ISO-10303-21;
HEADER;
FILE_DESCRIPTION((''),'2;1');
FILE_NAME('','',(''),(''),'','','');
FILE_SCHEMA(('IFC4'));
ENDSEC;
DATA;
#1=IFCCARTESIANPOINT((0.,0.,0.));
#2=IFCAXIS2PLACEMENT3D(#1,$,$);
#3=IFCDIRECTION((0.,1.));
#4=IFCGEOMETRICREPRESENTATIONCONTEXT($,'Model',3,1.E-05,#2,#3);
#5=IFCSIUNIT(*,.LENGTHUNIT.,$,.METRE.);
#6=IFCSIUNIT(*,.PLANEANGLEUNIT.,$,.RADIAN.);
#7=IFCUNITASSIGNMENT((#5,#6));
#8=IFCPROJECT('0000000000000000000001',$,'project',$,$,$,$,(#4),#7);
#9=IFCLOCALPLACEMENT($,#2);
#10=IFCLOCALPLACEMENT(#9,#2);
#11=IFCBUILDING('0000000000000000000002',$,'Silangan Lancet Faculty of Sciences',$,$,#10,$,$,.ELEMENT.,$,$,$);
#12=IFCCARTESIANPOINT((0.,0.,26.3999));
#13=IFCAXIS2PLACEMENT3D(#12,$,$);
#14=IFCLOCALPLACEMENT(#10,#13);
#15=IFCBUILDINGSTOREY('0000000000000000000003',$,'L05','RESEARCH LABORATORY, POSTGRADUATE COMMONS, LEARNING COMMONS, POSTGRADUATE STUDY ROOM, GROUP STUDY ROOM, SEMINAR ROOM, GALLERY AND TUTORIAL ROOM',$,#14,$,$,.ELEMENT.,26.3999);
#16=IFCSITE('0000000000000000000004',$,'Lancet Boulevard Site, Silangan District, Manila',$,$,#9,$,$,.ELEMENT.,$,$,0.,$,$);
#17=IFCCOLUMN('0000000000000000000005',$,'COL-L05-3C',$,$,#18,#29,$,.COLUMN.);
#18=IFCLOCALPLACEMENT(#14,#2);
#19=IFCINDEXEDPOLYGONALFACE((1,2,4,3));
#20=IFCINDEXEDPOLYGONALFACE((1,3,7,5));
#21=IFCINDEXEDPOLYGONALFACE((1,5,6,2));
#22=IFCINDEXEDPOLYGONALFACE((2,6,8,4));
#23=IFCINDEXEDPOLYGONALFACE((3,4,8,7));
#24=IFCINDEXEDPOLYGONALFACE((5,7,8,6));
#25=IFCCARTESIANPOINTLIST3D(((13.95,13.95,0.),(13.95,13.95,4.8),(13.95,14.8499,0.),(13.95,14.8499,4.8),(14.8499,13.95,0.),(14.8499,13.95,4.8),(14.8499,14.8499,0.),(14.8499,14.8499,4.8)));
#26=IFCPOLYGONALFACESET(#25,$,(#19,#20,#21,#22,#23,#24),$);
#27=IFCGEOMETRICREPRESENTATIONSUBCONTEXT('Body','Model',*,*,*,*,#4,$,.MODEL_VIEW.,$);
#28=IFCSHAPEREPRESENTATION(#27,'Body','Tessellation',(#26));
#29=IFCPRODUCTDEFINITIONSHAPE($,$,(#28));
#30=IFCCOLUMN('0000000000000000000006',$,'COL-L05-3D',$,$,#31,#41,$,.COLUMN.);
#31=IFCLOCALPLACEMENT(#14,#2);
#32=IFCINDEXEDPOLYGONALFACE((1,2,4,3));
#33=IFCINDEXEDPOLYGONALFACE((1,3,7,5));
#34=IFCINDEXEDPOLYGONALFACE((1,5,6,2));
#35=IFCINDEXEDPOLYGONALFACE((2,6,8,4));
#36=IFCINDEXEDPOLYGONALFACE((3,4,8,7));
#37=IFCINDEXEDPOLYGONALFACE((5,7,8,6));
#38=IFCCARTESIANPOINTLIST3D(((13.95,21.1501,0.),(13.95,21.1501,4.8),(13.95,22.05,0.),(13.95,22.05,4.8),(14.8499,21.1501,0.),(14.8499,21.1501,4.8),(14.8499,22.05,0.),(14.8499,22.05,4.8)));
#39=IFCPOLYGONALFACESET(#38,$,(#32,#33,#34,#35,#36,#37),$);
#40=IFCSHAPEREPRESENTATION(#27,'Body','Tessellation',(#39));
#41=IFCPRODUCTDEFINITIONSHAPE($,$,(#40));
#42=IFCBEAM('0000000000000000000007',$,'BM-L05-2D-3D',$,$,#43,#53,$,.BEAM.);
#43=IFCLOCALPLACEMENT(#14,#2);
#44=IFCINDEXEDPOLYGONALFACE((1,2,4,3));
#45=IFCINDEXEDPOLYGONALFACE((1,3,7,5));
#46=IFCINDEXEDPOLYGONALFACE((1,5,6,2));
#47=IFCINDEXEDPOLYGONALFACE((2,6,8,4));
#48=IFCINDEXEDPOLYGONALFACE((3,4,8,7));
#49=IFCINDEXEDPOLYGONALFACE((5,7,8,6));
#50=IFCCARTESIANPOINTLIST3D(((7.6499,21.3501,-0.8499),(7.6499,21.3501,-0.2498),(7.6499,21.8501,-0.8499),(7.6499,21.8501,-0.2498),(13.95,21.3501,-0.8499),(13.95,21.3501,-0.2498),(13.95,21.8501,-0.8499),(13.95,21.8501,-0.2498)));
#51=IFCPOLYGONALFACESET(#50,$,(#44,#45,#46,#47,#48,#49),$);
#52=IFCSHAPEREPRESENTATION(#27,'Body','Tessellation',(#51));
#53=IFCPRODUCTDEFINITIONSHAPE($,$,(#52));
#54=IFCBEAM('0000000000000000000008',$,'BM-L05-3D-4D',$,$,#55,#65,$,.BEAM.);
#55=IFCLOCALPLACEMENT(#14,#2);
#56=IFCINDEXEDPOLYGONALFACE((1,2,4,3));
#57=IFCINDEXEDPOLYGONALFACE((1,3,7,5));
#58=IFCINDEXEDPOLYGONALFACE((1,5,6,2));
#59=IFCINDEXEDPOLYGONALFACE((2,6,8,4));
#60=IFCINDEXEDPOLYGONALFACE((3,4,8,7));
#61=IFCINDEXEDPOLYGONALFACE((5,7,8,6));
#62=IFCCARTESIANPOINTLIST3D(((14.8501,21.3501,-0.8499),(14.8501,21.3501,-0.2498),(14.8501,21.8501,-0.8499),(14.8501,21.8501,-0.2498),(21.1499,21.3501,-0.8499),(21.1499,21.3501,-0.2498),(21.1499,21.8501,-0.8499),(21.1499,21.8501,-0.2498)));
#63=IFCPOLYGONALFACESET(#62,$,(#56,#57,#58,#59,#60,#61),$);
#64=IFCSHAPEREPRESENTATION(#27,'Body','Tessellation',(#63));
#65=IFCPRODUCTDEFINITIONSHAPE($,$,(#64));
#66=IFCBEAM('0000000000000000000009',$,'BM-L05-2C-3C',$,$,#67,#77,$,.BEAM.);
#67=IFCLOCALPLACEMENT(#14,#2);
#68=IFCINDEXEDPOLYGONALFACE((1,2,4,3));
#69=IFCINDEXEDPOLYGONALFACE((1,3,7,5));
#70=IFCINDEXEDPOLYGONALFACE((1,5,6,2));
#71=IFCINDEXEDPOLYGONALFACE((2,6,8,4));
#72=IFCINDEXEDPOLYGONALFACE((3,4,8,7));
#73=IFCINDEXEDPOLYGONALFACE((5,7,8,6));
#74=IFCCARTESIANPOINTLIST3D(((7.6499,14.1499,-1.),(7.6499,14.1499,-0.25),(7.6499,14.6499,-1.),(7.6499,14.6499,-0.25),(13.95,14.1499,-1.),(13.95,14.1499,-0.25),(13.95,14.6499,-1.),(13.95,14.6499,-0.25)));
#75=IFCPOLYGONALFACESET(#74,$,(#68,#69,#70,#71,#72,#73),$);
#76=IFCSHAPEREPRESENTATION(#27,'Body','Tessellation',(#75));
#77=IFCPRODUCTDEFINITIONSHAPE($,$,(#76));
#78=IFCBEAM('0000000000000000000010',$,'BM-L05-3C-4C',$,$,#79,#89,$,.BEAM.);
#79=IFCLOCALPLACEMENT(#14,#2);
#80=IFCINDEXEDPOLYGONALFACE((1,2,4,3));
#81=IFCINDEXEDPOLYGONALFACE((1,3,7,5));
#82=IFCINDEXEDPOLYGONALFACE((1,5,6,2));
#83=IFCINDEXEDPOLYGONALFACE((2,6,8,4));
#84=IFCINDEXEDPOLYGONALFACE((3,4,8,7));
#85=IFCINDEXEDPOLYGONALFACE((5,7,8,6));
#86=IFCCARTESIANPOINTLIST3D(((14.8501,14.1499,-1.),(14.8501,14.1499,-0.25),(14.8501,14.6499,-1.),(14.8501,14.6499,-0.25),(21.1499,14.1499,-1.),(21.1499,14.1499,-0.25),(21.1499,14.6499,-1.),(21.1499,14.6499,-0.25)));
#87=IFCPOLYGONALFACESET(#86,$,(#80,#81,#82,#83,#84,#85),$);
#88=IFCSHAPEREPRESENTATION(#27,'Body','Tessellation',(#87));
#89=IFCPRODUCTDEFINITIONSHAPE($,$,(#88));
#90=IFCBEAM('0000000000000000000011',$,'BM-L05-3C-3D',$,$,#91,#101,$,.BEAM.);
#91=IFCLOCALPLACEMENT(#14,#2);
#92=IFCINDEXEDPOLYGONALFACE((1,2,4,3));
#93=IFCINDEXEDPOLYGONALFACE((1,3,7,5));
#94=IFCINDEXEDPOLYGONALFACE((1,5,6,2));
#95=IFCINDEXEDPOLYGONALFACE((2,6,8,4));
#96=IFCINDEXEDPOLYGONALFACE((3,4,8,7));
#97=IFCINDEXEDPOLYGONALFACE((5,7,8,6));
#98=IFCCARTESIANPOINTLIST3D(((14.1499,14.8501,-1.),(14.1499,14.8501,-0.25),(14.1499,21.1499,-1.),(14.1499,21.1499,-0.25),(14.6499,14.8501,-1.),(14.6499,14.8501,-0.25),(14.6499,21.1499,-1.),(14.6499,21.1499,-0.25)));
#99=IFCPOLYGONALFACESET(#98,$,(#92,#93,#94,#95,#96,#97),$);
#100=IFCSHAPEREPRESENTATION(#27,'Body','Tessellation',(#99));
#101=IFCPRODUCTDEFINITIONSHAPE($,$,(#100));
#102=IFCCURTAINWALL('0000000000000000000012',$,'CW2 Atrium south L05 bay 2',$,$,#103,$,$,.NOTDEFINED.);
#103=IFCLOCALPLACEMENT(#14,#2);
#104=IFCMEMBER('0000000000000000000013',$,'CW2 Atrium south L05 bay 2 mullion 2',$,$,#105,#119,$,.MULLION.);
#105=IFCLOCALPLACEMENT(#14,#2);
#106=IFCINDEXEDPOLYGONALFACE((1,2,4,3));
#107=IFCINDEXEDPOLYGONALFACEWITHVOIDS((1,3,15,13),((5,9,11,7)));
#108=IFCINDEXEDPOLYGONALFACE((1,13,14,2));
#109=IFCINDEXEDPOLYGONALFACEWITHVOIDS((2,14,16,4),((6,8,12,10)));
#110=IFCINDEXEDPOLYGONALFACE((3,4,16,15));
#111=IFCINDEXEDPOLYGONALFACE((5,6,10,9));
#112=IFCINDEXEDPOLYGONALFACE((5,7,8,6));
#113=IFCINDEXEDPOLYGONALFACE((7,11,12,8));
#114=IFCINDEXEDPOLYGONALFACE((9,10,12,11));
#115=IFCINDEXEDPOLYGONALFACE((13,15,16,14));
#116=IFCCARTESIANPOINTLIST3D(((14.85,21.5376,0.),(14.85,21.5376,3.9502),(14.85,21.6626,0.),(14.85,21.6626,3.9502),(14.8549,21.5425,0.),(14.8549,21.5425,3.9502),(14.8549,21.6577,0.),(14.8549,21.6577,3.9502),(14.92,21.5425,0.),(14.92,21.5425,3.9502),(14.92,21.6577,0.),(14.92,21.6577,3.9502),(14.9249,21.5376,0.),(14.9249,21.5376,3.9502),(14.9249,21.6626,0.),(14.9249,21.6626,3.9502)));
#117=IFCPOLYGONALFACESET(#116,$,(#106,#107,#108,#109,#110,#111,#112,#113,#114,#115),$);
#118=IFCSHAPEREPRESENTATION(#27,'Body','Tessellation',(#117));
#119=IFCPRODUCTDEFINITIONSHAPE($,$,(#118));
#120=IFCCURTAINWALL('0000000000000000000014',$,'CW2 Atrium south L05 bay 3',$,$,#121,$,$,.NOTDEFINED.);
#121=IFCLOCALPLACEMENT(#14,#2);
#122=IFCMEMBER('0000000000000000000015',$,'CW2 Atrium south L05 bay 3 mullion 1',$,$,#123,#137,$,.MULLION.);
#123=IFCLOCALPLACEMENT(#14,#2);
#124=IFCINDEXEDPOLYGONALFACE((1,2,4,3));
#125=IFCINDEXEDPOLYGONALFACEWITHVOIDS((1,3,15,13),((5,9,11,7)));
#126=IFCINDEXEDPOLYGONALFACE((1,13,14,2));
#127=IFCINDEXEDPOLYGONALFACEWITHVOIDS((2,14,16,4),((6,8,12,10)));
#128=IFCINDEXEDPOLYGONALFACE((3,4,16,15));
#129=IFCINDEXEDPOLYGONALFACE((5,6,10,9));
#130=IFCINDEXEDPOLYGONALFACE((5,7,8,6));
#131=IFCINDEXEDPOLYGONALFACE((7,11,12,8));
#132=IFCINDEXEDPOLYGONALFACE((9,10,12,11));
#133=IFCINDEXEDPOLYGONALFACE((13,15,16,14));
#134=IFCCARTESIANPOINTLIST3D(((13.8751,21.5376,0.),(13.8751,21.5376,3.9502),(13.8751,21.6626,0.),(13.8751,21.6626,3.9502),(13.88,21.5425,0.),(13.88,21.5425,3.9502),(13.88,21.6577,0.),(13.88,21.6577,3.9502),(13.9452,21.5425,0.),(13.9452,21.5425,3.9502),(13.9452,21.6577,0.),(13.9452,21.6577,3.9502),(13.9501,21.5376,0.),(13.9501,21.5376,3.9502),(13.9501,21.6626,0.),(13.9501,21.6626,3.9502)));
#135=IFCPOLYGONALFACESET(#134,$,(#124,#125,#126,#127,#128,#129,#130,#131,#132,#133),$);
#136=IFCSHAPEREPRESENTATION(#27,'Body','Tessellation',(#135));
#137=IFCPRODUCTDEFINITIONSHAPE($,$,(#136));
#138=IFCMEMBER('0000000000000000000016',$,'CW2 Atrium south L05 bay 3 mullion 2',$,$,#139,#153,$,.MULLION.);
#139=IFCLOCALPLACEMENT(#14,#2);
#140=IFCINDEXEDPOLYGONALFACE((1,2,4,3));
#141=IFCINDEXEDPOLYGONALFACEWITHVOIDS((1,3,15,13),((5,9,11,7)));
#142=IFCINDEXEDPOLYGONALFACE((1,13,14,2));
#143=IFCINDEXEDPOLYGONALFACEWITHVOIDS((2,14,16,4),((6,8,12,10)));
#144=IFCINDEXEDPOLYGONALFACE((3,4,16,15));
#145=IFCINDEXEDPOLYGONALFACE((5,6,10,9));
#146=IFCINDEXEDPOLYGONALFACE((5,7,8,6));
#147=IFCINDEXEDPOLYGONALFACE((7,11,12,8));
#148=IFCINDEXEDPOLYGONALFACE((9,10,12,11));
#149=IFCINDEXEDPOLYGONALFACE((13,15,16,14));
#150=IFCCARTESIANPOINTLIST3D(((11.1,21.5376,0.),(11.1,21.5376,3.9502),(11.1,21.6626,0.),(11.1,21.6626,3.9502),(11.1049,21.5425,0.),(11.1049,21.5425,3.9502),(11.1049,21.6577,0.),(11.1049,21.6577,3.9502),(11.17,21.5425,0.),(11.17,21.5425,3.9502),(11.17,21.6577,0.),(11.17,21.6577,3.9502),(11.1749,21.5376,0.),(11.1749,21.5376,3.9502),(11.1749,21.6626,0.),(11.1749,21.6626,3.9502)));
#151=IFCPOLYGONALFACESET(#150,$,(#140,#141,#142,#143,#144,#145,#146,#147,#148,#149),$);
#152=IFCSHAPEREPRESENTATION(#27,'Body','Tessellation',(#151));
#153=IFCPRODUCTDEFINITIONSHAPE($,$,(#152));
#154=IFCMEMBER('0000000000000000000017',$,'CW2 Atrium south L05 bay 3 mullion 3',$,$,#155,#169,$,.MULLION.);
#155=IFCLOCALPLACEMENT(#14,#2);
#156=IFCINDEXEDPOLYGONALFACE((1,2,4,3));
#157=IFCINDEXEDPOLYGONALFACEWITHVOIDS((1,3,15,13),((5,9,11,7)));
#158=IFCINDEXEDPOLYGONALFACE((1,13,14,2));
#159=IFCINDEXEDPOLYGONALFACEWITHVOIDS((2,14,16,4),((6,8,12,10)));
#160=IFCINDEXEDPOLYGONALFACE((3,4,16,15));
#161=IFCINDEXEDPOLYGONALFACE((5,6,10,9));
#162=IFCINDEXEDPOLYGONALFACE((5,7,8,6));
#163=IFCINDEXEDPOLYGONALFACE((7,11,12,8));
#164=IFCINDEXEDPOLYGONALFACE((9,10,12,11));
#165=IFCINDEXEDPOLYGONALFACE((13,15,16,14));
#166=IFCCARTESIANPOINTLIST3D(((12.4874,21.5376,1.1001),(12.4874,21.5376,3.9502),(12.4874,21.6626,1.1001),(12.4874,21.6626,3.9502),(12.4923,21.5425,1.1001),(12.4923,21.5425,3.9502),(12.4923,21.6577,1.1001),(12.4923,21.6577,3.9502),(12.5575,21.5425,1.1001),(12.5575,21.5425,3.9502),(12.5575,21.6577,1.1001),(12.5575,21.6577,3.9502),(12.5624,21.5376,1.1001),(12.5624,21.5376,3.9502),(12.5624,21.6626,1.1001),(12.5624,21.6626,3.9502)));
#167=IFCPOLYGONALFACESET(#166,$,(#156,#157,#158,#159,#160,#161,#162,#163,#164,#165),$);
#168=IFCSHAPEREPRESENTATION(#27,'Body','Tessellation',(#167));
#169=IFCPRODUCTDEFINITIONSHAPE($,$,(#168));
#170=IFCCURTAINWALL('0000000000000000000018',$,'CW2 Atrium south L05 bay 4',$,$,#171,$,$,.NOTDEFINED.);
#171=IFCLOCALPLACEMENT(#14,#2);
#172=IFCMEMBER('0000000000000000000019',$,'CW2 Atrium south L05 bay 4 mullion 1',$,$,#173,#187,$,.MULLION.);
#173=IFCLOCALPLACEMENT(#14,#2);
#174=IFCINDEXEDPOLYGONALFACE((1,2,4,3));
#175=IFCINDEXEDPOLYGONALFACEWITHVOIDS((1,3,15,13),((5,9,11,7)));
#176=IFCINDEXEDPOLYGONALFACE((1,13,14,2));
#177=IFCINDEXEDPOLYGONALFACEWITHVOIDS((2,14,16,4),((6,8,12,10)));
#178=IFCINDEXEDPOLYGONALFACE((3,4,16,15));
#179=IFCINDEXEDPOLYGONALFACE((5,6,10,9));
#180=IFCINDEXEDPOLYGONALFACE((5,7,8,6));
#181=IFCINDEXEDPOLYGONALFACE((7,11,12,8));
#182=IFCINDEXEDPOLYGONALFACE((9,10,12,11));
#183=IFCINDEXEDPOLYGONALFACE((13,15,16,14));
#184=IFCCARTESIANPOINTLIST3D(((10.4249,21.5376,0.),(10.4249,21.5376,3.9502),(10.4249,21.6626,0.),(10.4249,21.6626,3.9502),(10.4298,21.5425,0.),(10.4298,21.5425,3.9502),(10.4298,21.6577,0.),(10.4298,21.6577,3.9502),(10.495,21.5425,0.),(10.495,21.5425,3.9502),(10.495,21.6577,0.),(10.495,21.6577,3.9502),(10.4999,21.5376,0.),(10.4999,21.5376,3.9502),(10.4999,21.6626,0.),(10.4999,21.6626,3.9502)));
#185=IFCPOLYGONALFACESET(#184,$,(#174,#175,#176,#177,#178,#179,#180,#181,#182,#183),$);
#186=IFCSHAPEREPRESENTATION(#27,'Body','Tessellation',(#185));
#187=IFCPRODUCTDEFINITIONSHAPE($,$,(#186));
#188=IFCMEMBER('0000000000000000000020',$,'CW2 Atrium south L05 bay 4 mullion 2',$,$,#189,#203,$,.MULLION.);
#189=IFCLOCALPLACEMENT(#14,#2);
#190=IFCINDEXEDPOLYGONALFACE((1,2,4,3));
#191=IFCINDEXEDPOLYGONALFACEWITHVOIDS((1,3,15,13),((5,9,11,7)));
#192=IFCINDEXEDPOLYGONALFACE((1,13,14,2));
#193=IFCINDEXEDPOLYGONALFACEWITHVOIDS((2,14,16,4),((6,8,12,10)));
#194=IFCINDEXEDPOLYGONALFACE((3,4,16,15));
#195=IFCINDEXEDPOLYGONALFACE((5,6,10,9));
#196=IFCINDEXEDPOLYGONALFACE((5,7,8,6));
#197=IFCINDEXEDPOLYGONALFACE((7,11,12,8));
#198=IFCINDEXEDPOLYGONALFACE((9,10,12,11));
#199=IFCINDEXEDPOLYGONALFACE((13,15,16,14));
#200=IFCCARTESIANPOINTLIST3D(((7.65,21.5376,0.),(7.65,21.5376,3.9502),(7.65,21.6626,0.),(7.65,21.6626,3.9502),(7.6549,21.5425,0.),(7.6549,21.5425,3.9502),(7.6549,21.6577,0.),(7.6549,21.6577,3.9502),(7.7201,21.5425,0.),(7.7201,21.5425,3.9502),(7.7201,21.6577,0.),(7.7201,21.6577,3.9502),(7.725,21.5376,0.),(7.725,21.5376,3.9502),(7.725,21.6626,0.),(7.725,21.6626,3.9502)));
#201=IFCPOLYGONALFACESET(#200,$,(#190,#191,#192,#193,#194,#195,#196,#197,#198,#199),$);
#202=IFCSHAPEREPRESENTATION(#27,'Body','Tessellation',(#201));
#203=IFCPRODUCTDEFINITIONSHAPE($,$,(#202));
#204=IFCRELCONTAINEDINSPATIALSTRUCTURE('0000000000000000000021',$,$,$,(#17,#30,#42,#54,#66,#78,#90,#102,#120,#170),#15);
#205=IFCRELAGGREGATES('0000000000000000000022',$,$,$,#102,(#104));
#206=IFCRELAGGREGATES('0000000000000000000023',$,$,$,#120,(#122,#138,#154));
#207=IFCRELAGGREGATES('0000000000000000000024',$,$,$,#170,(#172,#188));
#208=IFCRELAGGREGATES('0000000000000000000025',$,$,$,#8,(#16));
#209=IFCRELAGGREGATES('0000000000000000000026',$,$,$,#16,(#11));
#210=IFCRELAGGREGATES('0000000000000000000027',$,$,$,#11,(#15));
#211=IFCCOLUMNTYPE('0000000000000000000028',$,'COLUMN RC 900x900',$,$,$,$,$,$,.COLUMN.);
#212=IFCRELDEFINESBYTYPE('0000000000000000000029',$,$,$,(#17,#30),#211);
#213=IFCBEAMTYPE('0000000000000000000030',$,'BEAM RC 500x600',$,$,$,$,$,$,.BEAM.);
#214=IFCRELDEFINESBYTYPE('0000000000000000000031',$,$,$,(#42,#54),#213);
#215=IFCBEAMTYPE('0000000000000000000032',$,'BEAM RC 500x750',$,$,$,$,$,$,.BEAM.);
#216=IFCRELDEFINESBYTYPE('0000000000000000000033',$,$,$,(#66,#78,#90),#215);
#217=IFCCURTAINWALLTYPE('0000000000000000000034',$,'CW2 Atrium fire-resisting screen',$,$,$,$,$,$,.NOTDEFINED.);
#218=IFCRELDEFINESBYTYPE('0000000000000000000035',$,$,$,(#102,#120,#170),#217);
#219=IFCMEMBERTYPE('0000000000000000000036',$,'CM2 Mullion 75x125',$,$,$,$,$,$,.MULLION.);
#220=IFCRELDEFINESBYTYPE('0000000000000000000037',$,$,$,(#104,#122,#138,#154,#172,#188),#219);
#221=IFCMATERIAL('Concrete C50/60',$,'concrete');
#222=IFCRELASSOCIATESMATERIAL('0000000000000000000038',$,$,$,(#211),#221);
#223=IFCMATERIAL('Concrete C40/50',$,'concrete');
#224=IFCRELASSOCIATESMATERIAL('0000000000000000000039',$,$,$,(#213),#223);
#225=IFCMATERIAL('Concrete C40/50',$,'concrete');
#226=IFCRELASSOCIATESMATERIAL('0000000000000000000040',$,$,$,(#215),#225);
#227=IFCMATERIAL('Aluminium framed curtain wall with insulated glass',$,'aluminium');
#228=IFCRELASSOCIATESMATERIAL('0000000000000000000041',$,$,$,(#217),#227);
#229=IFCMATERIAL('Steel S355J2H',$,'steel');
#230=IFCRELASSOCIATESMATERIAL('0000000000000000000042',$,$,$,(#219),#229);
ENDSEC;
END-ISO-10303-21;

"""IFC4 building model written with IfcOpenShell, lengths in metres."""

from ifc_helpers import new_model, si_unit, direction, frame, origin, origin_2d, place, context, subcontext, project, spatial, rectangle, hollow_rectangle, extrude, material, material_profile, profile_set, type_object, element, aggregate, save


model = new_model("IFC4")

# Units and contexts
model_context = context("Model", 3, precision=1e-05, world=origin(), true_north=direction((0.0, 1.0)))
body_context = subcontext(model_context, "Body", "Model", "MODEL_VIEW")
ifc_project = project(units=[si_unit("LENGTHUNIT", "METRE"), si_unit("PLANEANGLEUNIT", "RADIAN")], contexts=[model_context])

# Site, building, storey
site_placement = place(None, origin())
site = spatial("IfcSite", under=ifc_project, at=site_placement, Name="Lancet Boulevard Site, Silangan District, Manila", CompositionType="ELEMENT", RefElevation=0.0)
building_placement = place(site_placement, origin())
building = spatial("IfcBuilding", under=site, at=building_placement, Name="Silangan Lancet Faculty of Sciences", CompositionType="ELEMENT")
storey_placement = place(building_placement, frame((0.0, 0.0, 26.3999)))
storey = spatial("IfcBuildingStorey", under=building, at=storey_placement, Name="L05", Description="RESEARCH LABORATORY, POSTGRADUATE COMMONS, LEARNING COMMONS, POSTGRADUATE STUDY ROOM, GROUP STUDY ROOM, SEMINAR ROOM, GALLERY AND TUTORIAL ROOM", CompositionType="ELEMENT", Elevation=26.3999)

# Columns
ifc_material_1 = material(Name="Concrete C50/60", Category="concrete")
ifc_material_profile_1 = material_profile(ifc_material_1, rectangle(XDim=0.8999, YDim=0.8999, at=origin_2d()), Name="RC 900x900")
ifc_profile_set_1 = profile_set([ifc_material_profile_1], Name="Concrete C50/60")
column_type = type_object("IfcColumnType", Name="COLUMN RC 900x900", PredefinedType="COLUMN", material=ifc_profile_set_1)
for number, where, z_axis, x_axis, name in (
    (1, (14.3999, 14.3999, 0.0), (0.0, 0.0, 1.0), (1.0, 0.0, 0.0), "COL-L05-3C"),
    (2, (14.3999, 21.6001, 0.0), (0.0, 0.0, 1.0), (1.0, 0.0, 0.0), "COL-L05-3D"),
):
    element("IfcColumn", number, at=place(storey_placement, frame(where, z_axis=z_axis, x_axis=x_axis)), inside=storey, type_object=column_type, Name=name, PredefinedType="COLUMN", context=body_context, shape_type="SweptSolid", body=[
        extrude(rectangle(XDim=0.8999, YDim=0.8999, at=origin_2d()), origin(), (0.0, 0.0, 1.0), 4.8),
    ])

# Beams
ifc_material_2 = material(Name="Concrete C40/50", Category="concrete")
ifc_material_profile_2 = material_profile(ifc_material_2, rectangle(XDim=0.5, YDim=0.6001, at=origin_2d()), Name="RC 500x600")
ifc_profile_set_2 = profile_set([ifc_material_profile_2], Name="Concrete C40/50")
beam_type_1 = type_object("IfcBeamType", Name="BEAM RC 500x600", PredefinedType="BEAM", material=ifc_profile_set_2)
beam_1_placement = place(storey_placement, frame((7.6499, 21.6001, -0.5498), z_axis=(1.0, 0.0, 0.0), x_axis=(0.0, 1.0, 0.0)))
element("IfcBeam", 3, at=beam_1_placement, inside=storey, type_object=beam_type_1, Name="BM-L05-2D-3D", PredefinedType="BEAM", context=body_context, shape_type="SweptSolid", body=[
    extrude(rectangle(XDim=0.5, YDim=0.6001, at=origin_2d()), origin(), (0.0, 0.0, 1.0), 6.3),
])
beam_2_placement = place(storey_placement, frame((14.8501, 21.6001, -0.5498), z_axis=(1.0, 0.0, 0.0), x_axis=(0.0, 1.0, 0.0)))
element("IfcBeam", 4, at=beam_2_placement, inside=storey, type_object=beam_type_1, Name="BM-L05-3D-4D", PredefinedType="BEAM", context=body_context, shape_type="SweptSolid", body=[
    extrude(rectangle(XDim=0.5, YDim=0.6001, at=origin_2d()), origin(), (0.0, 0.0, 1.0), 6.2998),
])
ifc_material_3 = material(Name="Concrete C40/50", Category="concrete")
ifc_material_profile_3 = material_profile(ifc_material_3, rectangle(XDim=0.5, YDim=0.75, at=origin_2d()), Name="RC 500x750")
ifc_profile_set_3 = profile_set([ifc_material_profile_3], Name="Concrete C40/50")
beam_type_2 = type_object("IfcBeamType", Name="BEAM RC 500x750", PredefinedType="BEAM", material=ifc_profile_set_3)
beam_3_placement = place(storey_placement, frame((7.6499, 14.3999, -0.625), z_axis=(1.0, 0.0, 0.0), x_axis=(0.0, 1.0, 0.0)))
element("IfcBeam", 5, at=beam_3_placement, inside=storey, type_object=beam_type_2, Name="BM-L05-2C-3C", PredefinedType="BEAM", context=body_context, shape_type="SweptSolid", body=[
    extrude(rectangle(XDim=0.5, YDim=0.75, at=origin_2d()), origin(), (0.0, 0.0, 1.0), 6.3),
])
for number, where, z_axis, x_axis, name in (
    (6, (14.8501, 14.3999, -0.625), (1.0, 0.0, 0.0), (0.0, 1.0, 0.0), "BM-L05-3C-4C"),
    (7, (14.3999, 14.8501, -0.625), (0.0, 1.0, 0.0), (-1.0, 0.0, 0.0), "BM-L05-3C-3D"),
):
    element("IfcBeam", number, at=place(storey_placement, frame(where, z_axis=z_axis, x_axis=x_axis)), inside=storey, type_object=beam_type_2, Name=name, PredefinedType="BEAM", context=body_context, shape_type="SweptSolid", body=[
        extrude(rectangle(XDim=0.5, YDim=0.75, at=origin_2d()), origin(), (0.0, 0.0, 1.0), 6.2998),
    ])

# Curtain wall, member
ifc_material_4 = material(Name="Aluminium framed curtain wall with insulated glass", Category="aluminium")
curtain_wall_type = type_object("IfcCurtainWallType", Name="CW2 Atrium fire-resisting screen", PredefinedType="NOTDEFINED", material=ifc_material_4)
curtain_wall_1_placement = place(storey_placement, origin())
curtain_wall_1 = element("IfcCurtainWall", 8, at=curtain_wall_1_placement, inside=storey, type_object=curtain_wall_type, Name="CW2 Atrium south L05 bay 2", PredefinedType="NOTDEFINED")
ifc_material_5 = material(Name="Steel S355J2H", Category="steel")
ifc_material_profile_4 = material_profile(ifc_material_5, hollow_rectangle(XDim=0.075, YDim=0.125, WallThickness=0.0049, at=origin_2d()), Name="ST BOX 75x125x5")
ifc_profile_set_4 = profile_set([ifc_material_profile_4], Name="Steel S355J2H")
member_type_1 = type_object("IfcMemberType", Name="CM2 Mullion 75x125", PredefinedType="MULLION", material=ifc_profile_set_4)
member_1_placement = place(storey_placement, frame((14.8875, 21.6001, 0.0), z_axis=(0.0, 0.0, 1.0), x_axis=(-1.0, 0.0, 0.0)))
member_1 = element("IfcMember", 9, at=member_1_placement, type_object=member_type_1, Name="CW2 Atrium south L05 bay 2 mullion 2", PredefinedType="MULLION", context=body_context, shape_type="SweptSolid", body=[
    extrude(hollow_rectangle(XDim=0.075, YDim=0.125, WallThickness=0.0049, at=origin_2d()), origin(), (0.0, 0.0, 1.0), 3.9502),
])
aggregate(curtain_wall_1, [member_1])

# Curtain walls, members
curtain_wall_2_placement = place(storey_placement, origin())
curtain_wall_2 = element("IfcCurtainWall", 10, at=curtain_wall_2_placement, inside=storey, type_object=curtain_wall_type, Name="CW2 Atrium south L05 bay 3", PredefinedType="NOTDEFINED")
member_2_placement = place(storey_placement, frame((13.9126, 21.6001, 0.0), z_axis=(0.0, 0.0, 1.0), x_axis=(-1.0, 0.0, 0.0)))
member_2 = element("IfcMember", 11, at=member_2_placement, type_object=member_type_1, Name="CW2 Atrium south L05 bay 3 mullion 1", PredefinedType="MULLION", context=body_context, shape_type="SweptSolid", body=[
    extrude(hollow_rectangle(XDim=0.075, YDim=0.125, WallThickness=0.0049, at=origin_2d()), origin(), (0.0, 0.0, 1.0), 3.9502),
])
member_3_placement = place(storey_placement, frame((11.1375, 21.6001, 0.0), z_axis=(0.0, 0.0, 1.0), x_axis=(-1.0, 0.0, 0.0)))
member_3 = element("IfcMember", 12, at=member_3_placement, type_object=member_type_1, Name="CW2 Atrium south L05 bay 3 mullion 2", PredefinedType="MULLION", context=body_context, shape_type="SweptSolid", body=[
    extrude(hollow_rectangle(XDim=0.075, YDim=0.125, WallThickness=0.0049, at=origin_2d()), origin(), (0.0, 0.0, 1.0), 3.9502),
])
member_4_placement = place(storey_placement, frame((12.5249, 21.6001, 1.1001), z_axis=(0.0, 0.0, 1.0), x_axis=(-1.0, 0.0, 0.0)))
member_4 = element("IfcMember", 13, at=member_4_placement, type_object=member_type_1, Name="CW2 Atrium south L05 bay 3 mullion 3", PredefinedType="MULLION", context=body_context, shape_type="SweptSolid", body=[
    extrude(hollow_rectangle(XDim=0.075, YDim=0.125, WallThickness=0.0049, at=origin_2d()), origin(), (0.0, 0.0, 1.0), 2.8501),
])
curtain_wall_3_placement = place(storey_placement, origin())
curtain_wall_3 = element("IfcCurtainWall", 14, at=curtain_wall_3_placement, inside=storey, type_object=curtain_wall_type, Name="CW2 Atrium south L05 bay 4", PredefinedType="NOTDEFINED")
member_5_placement = place(storey_placement, frame((10.4624, 21.6001, 0.0), z_axis=(0.0, 0.0, 1.0), x_axis=(-1.0, 0.0, 0.0)))
member_5 = element("IfcMember", 15, at=member_5_placement, type_object=member_type_1, Name="CW2 Atrium south L05 bay 4 mullion 1", PredefinedType="MULLION", context=body_context, shape_type="SweptSolid", body=[
    extrude(hollow_rectangle(XDim=0.075, YDim=0.125, WallThickness=0.0049, at=origin_2d()), origin(), (0.0, 0.0, 1.0), 3.9502),
])
member_6_placement = place(storey_placement, frame((7.6875, 21.6001, 0.0), z_axis=(0.0, 0.0, 1.0), x_axis=(-1.0, 0.0, 0.0)))
member_6 = element("IfcMember", 16, at=member_6_placement, type_object=member_type_1, Name="CW2 Atrium south L05 bay 4 mullion 2", PredefinedType="MULLION", context=body_context, shape_type="SweptSolid", body=[
    extrude(hollow_rectangle(XDim=0.075, YDim=0.125, WallThickness=0.0049, at=origin_2d()), origin(), (0.0, 0.0, 1.0), 3.9502),
])

aggregate(curtain_wall_2, [member_2, member_3, member_4])
aggregate(curtain_wall_3, [member_5, member_6])

save(model, "model.ifc")
